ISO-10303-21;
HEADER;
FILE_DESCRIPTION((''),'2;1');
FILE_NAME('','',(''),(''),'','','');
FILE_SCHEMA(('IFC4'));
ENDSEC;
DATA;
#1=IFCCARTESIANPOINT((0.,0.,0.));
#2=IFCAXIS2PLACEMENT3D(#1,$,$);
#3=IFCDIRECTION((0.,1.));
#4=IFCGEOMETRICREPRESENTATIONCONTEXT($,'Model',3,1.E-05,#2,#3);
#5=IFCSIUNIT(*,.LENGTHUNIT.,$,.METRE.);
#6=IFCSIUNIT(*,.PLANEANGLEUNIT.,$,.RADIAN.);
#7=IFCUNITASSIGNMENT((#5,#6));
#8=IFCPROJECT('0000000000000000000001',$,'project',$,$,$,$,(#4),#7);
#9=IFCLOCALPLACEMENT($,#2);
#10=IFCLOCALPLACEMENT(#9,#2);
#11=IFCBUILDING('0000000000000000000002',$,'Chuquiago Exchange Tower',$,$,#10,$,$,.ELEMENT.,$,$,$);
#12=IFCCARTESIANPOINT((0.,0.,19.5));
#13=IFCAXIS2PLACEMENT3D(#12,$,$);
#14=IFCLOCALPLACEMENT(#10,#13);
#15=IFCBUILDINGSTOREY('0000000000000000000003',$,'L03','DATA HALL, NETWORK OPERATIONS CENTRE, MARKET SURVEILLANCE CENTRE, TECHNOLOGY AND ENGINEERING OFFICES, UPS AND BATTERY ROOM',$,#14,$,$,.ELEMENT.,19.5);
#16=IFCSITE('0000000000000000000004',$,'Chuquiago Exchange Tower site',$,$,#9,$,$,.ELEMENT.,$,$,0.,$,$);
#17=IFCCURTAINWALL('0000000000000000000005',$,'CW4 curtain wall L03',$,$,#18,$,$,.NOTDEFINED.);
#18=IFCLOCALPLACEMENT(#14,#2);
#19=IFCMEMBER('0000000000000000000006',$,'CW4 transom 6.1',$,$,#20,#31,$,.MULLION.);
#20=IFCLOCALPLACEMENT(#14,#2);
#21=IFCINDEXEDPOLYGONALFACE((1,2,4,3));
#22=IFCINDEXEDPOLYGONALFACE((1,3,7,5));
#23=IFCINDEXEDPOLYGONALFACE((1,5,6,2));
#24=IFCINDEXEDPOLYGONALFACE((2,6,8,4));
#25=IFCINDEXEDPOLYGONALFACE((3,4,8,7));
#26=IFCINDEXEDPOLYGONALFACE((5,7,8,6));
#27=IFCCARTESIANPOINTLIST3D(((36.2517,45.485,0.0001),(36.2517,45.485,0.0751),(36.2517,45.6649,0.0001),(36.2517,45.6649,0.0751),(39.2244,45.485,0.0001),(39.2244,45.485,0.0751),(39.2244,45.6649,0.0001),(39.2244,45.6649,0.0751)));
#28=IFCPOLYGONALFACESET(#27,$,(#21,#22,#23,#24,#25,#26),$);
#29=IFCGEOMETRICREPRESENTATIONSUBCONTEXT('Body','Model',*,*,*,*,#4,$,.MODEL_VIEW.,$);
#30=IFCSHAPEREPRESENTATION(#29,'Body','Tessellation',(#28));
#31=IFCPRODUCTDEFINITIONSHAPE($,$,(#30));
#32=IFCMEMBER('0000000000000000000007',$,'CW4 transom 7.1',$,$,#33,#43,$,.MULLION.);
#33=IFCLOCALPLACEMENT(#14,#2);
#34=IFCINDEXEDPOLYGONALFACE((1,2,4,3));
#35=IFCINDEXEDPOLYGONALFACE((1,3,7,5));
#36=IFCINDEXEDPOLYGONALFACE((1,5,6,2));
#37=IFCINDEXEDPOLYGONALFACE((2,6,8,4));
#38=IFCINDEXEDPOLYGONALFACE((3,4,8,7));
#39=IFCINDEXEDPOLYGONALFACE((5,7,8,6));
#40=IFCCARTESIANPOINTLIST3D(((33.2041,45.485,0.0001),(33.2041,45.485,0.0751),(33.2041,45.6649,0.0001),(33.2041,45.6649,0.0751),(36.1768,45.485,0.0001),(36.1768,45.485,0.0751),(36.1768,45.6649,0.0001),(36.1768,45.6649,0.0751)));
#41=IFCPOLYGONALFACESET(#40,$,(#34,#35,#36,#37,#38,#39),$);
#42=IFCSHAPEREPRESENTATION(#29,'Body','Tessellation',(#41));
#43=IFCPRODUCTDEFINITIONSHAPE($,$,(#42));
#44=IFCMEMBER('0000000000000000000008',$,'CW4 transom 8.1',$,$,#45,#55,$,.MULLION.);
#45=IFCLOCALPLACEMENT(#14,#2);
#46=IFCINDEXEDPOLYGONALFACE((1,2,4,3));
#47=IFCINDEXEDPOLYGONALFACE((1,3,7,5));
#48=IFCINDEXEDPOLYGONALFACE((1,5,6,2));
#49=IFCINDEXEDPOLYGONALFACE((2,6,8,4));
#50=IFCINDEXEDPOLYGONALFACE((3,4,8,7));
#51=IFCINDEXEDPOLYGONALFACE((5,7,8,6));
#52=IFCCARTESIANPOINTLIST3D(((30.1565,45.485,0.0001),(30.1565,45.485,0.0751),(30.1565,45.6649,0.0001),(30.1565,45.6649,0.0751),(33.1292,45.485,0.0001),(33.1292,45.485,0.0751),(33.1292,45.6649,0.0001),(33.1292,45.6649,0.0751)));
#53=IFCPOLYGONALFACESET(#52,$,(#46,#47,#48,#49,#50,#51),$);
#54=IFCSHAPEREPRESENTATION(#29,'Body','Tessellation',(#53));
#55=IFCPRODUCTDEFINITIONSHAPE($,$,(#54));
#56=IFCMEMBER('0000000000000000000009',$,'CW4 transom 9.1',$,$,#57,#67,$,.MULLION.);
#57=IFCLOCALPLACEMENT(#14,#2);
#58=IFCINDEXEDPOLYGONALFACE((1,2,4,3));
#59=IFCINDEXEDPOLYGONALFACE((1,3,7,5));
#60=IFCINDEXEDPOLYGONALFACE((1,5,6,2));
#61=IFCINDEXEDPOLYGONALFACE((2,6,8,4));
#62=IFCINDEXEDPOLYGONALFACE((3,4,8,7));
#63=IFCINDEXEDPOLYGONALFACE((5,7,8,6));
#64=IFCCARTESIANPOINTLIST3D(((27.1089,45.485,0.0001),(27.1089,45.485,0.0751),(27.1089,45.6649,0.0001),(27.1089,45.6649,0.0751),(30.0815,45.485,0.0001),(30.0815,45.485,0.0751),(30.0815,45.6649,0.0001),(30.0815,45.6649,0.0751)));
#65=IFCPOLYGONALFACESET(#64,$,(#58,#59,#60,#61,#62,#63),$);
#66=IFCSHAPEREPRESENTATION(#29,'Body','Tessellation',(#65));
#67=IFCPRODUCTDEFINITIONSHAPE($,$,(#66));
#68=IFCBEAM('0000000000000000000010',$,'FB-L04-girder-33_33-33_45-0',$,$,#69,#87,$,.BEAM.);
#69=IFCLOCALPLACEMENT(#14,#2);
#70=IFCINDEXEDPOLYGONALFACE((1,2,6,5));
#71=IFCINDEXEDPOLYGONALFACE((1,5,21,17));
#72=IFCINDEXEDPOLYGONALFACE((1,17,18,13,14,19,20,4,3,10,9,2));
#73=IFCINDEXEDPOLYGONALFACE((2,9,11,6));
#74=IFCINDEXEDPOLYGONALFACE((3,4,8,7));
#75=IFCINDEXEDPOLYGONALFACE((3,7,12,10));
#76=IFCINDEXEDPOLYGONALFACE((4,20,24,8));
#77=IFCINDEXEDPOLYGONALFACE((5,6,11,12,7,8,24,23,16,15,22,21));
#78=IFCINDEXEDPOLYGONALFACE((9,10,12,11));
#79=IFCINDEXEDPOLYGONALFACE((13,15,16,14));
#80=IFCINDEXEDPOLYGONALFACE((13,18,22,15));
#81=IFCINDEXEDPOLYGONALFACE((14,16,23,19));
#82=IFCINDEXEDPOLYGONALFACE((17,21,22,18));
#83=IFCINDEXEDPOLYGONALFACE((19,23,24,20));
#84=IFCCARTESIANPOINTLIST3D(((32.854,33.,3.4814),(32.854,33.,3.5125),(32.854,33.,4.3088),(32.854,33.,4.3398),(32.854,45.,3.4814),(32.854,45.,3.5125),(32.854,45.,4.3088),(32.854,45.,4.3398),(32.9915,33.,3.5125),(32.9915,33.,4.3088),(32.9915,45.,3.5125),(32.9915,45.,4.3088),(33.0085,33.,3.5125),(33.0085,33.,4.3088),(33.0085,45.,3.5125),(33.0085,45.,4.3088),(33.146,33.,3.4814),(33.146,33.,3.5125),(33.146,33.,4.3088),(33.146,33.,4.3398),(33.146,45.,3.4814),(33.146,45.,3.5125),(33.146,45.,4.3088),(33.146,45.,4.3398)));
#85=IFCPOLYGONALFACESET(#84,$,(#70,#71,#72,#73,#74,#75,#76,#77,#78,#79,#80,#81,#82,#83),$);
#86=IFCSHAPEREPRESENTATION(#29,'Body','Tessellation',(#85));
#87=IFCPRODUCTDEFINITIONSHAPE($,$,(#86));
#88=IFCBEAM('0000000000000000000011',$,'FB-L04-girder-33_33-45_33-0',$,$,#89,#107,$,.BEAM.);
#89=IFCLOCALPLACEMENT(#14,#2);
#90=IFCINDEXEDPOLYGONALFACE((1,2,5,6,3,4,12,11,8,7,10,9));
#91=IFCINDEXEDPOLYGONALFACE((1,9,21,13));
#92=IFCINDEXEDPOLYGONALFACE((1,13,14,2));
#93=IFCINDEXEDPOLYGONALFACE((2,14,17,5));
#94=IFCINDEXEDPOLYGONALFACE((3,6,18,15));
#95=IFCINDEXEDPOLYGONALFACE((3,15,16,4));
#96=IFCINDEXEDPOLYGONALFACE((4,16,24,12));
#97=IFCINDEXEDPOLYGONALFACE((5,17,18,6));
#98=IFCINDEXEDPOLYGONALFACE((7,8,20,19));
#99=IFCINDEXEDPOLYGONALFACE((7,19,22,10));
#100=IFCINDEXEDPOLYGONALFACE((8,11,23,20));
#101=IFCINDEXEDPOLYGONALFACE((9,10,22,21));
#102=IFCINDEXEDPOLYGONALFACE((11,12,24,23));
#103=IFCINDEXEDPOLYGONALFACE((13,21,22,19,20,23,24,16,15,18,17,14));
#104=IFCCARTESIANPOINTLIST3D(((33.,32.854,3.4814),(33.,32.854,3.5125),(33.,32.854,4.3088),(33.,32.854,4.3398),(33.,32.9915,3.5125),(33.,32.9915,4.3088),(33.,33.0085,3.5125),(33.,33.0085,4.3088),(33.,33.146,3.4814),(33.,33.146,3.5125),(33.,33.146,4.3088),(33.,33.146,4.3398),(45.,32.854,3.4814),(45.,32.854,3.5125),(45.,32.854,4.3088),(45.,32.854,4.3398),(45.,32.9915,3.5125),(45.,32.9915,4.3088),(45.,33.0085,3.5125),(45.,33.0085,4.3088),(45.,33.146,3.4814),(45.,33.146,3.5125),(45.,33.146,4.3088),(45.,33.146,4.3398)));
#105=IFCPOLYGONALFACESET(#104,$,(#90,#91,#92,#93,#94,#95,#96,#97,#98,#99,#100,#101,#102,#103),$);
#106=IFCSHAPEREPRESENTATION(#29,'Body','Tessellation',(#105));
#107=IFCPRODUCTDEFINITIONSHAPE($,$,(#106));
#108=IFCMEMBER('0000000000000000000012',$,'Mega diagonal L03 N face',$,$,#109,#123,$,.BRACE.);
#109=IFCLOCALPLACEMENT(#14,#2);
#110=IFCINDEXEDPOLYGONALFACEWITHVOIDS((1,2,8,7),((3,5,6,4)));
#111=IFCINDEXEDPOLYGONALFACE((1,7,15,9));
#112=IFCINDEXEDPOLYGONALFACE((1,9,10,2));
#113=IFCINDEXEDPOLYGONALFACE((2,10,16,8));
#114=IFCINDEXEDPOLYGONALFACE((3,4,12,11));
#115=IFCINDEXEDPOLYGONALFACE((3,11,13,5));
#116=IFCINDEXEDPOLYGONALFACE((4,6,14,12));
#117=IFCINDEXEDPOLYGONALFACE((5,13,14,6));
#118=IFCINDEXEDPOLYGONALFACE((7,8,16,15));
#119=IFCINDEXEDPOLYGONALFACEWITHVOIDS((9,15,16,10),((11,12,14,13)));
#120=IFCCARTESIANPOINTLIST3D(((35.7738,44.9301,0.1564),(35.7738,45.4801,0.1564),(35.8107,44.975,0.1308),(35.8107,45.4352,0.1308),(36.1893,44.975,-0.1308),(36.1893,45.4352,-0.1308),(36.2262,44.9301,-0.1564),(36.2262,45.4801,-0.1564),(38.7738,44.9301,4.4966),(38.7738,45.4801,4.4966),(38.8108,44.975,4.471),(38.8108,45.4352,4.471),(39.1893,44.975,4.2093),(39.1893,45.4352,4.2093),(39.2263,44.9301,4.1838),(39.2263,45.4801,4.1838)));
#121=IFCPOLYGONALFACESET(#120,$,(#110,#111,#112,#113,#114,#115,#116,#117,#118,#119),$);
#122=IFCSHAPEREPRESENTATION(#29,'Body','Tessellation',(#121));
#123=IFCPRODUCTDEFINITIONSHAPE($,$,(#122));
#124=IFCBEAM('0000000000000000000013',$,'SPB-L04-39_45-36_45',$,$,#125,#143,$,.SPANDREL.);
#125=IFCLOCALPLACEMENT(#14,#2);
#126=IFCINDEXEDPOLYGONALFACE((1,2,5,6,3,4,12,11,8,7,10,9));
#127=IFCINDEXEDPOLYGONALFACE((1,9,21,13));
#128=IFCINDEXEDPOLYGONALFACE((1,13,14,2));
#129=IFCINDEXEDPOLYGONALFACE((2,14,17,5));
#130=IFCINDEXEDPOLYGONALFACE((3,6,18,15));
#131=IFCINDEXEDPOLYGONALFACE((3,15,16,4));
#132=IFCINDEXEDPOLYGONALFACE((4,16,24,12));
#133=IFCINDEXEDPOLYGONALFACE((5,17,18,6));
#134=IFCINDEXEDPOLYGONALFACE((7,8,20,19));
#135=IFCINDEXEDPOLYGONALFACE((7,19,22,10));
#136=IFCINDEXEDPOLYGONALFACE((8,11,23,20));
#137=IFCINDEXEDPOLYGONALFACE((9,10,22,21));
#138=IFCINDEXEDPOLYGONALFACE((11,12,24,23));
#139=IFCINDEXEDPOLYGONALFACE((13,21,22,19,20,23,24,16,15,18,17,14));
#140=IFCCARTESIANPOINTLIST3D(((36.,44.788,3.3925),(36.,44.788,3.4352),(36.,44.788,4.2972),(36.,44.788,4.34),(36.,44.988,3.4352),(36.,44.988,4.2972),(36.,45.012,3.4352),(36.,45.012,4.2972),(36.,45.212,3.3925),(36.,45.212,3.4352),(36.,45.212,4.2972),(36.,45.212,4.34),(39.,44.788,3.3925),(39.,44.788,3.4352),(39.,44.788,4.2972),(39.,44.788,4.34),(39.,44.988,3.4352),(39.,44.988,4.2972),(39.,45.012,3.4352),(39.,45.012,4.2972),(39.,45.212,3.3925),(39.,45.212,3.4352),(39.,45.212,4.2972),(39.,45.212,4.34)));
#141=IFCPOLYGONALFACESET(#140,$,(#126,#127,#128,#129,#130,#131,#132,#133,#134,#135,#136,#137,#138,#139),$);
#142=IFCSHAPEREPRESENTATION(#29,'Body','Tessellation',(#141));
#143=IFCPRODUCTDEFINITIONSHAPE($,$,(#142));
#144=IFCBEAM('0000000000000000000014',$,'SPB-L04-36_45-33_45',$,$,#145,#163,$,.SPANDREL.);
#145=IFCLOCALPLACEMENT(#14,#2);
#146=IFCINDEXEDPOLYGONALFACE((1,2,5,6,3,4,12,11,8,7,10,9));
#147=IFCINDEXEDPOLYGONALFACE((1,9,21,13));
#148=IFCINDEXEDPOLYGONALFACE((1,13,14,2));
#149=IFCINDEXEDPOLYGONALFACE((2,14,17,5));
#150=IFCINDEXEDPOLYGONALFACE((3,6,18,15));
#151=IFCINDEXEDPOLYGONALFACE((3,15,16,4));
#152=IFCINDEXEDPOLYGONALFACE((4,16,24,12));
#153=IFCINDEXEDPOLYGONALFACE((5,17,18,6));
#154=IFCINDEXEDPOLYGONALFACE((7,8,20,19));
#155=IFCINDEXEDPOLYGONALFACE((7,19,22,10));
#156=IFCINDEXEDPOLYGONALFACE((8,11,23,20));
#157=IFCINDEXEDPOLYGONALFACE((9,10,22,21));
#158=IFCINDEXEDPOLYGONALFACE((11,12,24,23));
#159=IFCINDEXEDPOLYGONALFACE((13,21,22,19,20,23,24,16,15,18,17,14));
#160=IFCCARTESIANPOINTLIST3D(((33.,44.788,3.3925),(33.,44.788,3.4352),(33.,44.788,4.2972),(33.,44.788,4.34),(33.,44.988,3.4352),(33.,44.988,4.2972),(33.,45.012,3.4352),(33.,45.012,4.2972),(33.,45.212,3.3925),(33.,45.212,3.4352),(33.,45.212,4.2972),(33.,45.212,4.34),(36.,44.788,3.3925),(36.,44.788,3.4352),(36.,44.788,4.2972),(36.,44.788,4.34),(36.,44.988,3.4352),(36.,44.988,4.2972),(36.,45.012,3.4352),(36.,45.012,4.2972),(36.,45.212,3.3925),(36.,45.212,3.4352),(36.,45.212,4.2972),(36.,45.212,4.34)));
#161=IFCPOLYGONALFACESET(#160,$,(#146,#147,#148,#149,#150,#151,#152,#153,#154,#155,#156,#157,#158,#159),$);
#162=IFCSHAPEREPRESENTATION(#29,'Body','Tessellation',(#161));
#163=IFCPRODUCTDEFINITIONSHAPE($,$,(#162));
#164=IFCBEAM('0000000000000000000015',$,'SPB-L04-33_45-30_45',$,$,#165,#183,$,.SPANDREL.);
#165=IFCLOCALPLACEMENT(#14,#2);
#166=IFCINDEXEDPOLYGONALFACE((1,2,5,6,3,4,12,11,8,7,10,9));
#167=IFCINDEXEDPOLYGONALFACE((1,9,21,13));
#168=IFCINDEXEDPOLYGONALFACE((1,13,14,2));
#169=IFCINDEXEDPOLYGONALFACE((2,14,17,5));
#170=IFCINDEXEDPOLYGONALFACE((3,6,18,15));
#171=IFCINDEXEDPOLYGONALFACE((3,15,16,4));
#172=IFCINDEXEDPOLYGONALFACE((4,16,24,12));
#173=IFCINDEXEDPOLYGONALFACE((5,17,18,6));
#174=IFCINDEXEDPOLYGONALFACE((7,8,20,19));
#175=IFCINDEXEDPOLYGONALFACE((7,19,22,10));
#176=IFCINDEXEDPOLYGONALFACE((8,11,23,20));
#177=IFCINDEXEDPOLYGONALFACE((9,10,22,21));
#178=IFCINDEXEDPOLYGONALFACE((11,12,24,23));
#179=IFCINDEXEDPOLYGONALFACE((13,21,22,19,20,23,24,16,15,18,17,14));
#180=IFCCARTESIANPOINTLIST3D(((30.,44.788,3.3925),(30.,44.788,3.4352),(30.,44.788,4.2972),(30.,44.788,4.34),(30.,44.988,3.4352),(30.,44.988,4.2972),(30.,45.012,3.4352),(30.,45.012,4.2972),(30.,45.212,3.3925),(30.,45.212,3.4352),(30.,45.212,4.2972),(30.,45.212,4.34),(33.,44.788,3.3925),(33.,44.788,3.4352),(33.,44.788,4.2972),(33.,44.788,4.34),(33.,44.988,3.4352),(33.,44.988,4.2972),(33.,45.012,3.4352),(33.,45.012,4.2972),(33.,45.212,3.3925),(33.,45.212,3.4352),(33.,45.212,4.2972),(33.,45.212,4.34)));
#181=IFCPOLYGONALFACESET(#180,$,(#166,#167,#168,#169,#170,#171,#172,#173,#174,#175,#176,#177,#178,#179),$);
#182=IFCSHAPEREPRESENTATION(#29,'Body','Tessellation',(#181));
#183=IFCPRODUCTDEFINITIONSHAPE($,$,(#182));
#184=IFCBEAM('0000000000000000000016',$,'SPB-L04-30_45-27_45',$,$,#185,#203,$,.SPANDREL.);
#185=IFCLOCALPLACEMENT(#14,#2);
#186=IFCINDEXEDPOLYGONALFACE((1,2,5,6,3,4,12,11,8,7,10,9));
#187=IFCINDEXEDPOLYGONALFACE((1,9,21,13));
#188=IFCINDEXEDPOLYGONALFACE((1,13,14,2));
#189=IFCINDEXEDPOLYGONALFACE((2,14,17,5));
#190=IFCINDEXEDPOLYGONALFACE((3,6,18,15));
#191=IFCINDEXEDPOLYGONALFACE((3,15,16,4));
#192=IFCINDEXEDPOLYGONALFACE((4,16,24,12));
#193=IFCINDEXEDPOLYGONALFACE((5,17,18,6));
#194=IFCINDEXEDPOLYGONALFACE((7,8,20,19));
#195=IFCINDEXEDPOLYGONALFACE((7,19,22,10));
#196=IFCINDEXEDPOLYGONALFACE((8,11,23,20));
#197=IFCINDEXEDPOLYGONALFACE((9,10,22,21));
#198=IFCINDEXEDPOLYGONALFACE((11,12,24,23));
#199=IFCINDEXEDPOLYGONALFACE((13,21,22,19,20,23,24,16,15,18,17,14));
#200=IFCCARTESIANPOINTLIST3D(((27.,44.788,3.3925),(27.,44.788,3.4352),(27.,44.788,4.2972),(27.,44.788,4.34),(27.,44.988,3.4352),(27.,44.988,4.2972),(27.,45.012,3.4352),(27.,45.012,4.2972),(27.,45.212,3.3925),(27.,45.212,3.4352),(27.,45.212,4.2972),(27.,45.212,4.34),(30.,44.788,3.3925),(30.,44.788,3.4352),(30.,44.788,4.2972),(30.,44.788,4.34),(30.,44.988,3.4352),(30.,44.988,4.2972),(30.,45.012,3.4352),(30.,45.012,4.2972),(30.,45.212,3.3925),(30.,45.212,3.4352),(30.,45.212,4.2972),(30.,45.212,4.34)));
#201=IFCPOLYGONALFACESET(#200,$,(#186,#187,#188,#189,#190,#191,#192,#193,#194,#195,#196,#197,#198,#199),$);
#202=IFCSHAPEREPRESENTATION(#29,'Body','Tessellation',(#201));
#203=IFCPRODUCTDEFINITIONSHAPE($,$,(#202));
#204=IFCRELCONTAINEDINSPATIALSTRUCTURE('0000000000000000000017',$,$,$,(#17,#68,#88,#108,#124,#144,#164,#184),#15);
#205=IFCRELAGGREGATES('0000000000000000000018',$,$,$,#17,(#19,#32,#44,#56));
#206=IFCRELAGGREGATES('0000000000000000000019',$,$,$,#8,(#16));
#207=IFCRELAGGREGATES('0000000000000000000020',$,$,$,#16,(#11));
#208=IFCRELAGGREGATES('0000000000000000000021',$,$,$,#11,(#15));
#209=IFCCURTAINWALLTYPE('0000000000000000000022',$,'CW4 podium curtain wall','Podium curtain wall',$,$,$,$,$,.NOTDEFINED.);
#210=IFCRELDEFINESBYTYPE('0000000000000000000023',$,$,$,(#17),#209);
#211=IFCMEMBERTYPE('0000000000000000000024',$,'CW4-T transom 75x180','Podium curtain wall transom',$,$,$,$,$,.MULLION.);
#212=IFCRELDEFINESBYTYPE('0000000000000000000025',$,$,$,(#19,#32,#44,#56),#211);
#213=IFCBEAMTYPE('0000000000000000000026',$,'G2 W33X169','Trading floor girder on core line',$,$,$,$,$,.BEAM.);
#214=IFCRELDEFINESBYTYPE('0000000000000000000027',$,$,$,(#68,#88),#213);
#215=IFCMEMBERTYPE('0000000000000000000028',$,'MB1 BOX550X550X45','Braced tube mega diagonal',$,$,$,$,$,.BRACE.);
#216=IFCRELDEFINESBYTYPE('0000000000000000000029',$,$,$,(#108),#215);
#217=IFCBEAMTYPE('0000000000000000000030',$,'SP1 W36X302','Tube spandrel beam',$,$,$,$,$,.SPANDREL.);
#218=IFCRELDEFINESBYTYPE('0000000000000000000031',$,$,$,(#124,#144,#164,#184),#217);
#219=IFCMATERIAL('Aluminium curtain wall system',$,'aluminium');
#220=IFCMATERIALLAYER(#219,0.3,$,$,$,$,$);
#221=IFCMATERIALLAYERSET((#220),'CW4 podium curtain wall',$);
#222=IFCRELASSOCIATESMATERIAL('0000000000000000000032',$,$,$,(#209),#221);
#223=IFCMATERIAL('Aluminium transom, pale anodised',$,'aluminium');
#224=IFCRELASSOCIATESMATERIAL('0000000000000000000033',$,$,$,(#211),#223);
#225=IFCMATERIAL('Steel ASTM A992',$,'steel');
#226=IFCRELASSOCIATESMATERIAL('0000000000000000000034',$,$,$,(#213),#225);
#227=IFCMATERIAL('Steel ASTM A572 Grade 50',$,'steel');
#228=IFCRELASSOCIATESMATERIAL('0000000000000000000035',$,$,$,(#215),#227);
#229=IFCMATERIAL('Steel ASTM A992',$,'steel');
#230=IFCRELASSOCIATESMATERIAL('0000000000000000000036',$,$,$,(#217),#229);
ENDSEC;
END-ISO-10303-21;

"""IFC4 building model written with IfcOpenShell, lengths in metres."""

from ifc_helpers import new_model, si_unit, direction, frame, origin, origin_2d, place, context, subcontext, project, spatial, rectangle, hollow_rectangle, i_section, extrude, material, layer, layer_set, material_profile, profile_set, type_object, element, aggregate, save


model = new_model("IFC4")

# Units and contexts
model_context = context("Model", 3, precision=1e-05, world=origin(), true_north=direction((0.0, 1.0)))
body_context = subcontext(model_context, "Body", "Model", "MODEL_VIEW")
ifc_project = project(units=[si_unit("LENGTHUNIT", "METRE"), si_unit("PLANEANGLEUNIT", "RADIAN")], contexts=[model_context])

# Site, building, storey
site_placement = place(None, origin())
site = spatial("IfcSite", under=ifc_project, at=site_placement, Name="Chuquiago Exchange Tower site", CompositionType="ELEMENT", RefElevation=0.0)
building_placement = place(site_placement, origin())
building = spatial("IfcBuilding", under=site, at=building_placement, Name="Chuquiago Exchange Tower", CompositionType="ELEMENT")
storey_placement = place(building_placement, frame((0.0, 0.0, 19.5)))
storey = spatial("IfcBuildingStorey", under=building, at=storey_placement, Name="L03", Description="DATA HALL, NETWORK OPERATIONS CENTRE, MARKET SURVEILLANCE CENTRE, TECHNOLOGY AND ENGINEERING OFFICES, UPS AND BATTERY ROOM", CompositionType="ELEMENT", Elevation=19.5)

# Curtain wall, members
ifc_material_1 = material(Name="Aluminium curtain wall system", Category="aluminium")
ifc_layer_1 = layer(ifc_material_1, 0.3)
ifc_layer_set_1 = layer_set([ifc_layer_1], Name="CW4 podium curtain wall")
curtain_wall_type = type_object("IfcCurtainWallType", Name="CW4 podium curtain wall", Description="Podium curtain wall", PredefinedType="NOTDEFINED", material=ifc_layer_set_1)
curtain_wall_placement = place(storey_placement, origin())
curtain_wall = element("IfcCurtainWall", 1, at=curtain_wall_placement, inside=storey, type_object=curtain_wall_type, Name="CW4 curtain wall L03", PredefinedType="NOTDEFINED")
ifc_material_2 = material(Name="Aluminium transom, pale anodised", Category="aluminium")
ifc_material_profile_1 = material_profile(ifc_material_2, rectangle(XDim=0.1799, YDim=0.075, at=origin_2d()), Name="AL 180x75")
ifc_profile_set_1 = profile_set([ifc_material_profile_1], Name="Aluminium transom, pale anodised")
member_type_1 = type_object("IfcMemberType", Name="CW4-T transom 75x180", Description="Podium curtain wall transom", PredefinedType="MULLION", material=ifc_profile_set_1)
member_1_placement = place(storey_placement, frame((39.2244, 45.575, 0.0376), z_axis=(-1.0, 0.0, 0.0), x_axis=(0.0, -1.0, 0.0)))
member_1 = element("IfcMember", 2, at=member_1_placement, type_object=member_type_1, Name="CW4 transom 6.1", PredefinedType="MULLION", context=body_context, shape_type="SweptSolid", body=[
    extrude(rectangle(XDim=0.1799, YDim=0.075, at=origin_2d()), origin(), (0.0, 0.0, 1.0), 2.9727),
])
member_2_placement = place(storey_placement, frame((36.1768, 45.575, 0.0376), z_axis=(-1.0, 0.0, 0.0), x_axis=(0.0, -1.0, 0.0)))
member_2 = element("IfcMember", 3, at=member_2_placement, type_object=member_type_1, Name="CW4 transom 7.1", PredefinedType="MULLION", context=body_context, shape_type="SweptSolid", body=[
    extrude(rectangle(XDim=0.1799, YDim=0.075, at=origin_2d()), origin(), (0.0, 0.0, 1.0), 2.9727),
])
member_3_placement = place(storey_placement, frame((33.1292, 45.575, 0.0376), z_axis=(-1.0, 0.0, 0.0), x_axis=(0.0, -1.0, 0.0)))
member_3 = element("IfcMember", 4, at=member_3_placement, type_object=member_type_1, Name="CW4 transom 8.1", PredefinedType="MULLION", context=body_context, shape_type="SweptSolid", body=[
    extrude(rectangle(XDim=0.1799, YDim=0.075, at=origin_2d()), origin(), (0.0, 0.0, 1.0), 2.9727),
])
member_4_placement = place(storey_placement, frame((30.0815, 45.575, 0.0376), z_axis=(-1.0, 0.0, 0.0), x_axis=(0.0, -1.0, 0.0)))
member_4 = element("IfcMember", 5, at=member_4_placement, type_object=member_type_1, Name="CW4 transom 9.1", PredefinedType="MULLION", context=body_context, shape_type="SweptSolid", body=[
    extrude(rectangle(XDim=0.1799, YDim=0.075, at=origin_2d()), origin(), (0.0, 0.0, 1.0), 2.9727),
])

# Beams
ifc_material_3 = material(Name="Steel ASTM A992", Category="steel")
ifc_material_profile_2 = material_profile(ifc_material_3, i_section(OverallWidth=0.292, OverallDepth=0.8584, WebThickness=0.0171, FlangeThickness=0.031, at=origin_2d()), Name="W33X169")
ifc_profile_set_2 = profile_set([ifc_material_profile_2], Name="Steel ASTM A992")
beam_type_1 = type_object("IfcBeamType", Name="G2 W33X169", Description="Trading floor girder on core line", PredefinedType="BEAM", material=ifc_profile_set_2)
for number, where, z_axis, x_axis, name in (
    (6, (33.0, 33.0, 3.9106), (0.0, 1.0, 0.0), (-1.0, 0.0, 0.0), "FB-L04-girder-33_33-33_45-0"),
    (7, (33.0, 33.0, 3.9106), (1.0, 0.0, 0.0), (0.0, 1.0, 0.0), "FB-L04-girder-33_33-45_33-0"),
):
    element("IfcBeam", number, at=place(storey_placement, frame(where, z_axis=z_axis, x_axis=x_axis)), inside=storey, type_object=beam_type_1, Name=name, PredefinedType="BEAM", context=body_context, shape_type="SweptSolid", body=[
        extrude(i_section(OverallWidth=0.292, OverallDepth=0.8584, WebThickness=0.0171, FlangeThickness=0.031, at=origin_2d()), origin(), (0.0, 0.0, 1.0), 12.0),
    ])

# Member
ifc_material_4 = material(Name="Steel ASTM A572 Grade 50", Category="steel")
ifc_material_profile_3 = material_profile(ifc_material_4, hollow_rectangle(XDim=0.55, YDim=0.55, WallThickness=0.0449, at=origin_2d()), Name="BOX550X550X45")
ifc_profile_set_3 = profile_set([ifc_material_profile_3], Name="Steel ASTM A572 Grade 50")
member_type_2 = type_object("IfcMemberType", Name="MB1 BOX550X550X45", Description="Braced tube mega diagonal", PredefinedType="BRACE", material=ifc_profile_set_3)
member_5_placement = place(storey_placement, frame((36.0, 45.2051, 0.0), z_axis=(0.568611, 0.0, 0.822607), x_axis=(0.0, 1.0, 0.0)))
element("IfcMember", 8, at=member_5_placement, inside=storey, type_object=member_type_2, Name="Mega diagonal L03 N face", PredefinedType="BRACE", context=body_context, shape_type="SweptSolid", body=[
    extrude(hollow_rectangle(XDim=0.55, YDim=0.55, WallThickness=0.0449, at=origin_2d()), origin(), (0.0, 0.0, 1.0), 5.2761),
])

# Beams
ifc_material_5 = material(Name="Steel ASTM A992", Category="steel")
ifc_material_profile_4 = material_profile(ifc_material_5, i_section(OverallWidth=0.4241, OverallDepth=0.9475, WebThickness=0.0239, FlangeThickness=0.0427, at=origin_2d()), Name="W36X302")
ifc_profile_set_4 = profile_set([ifc_material_profile_4], Name="Steel ASTM A992")
beam_type_2 = type_object("IfcBeamType", Name="SP1 W36X302", Description="Tube spandrel beam", PredefinedType="SPANDREL", material=ifc_profile_set_4)
for number, where, z_axis, x_axis, name in (
    (9, (39.0, 45.0, 3.8662), (-1.0, 0.0, 0.0), (0.0, -1.0, 0.0), "SPB-L04-39_45-36_45"),
    (10, (36.0, 45.0, 3.8662), (-1.0, 0.0, 0.0), (0.0, -1.0, 0.0), "SPB-L04-36_45-33_45"),
    (11, (33.0, 45.0, 3.8662), (-1.0, 0.0, 0.0), (0.0, -1.0, 0.0), "SPB-L04-33_45-30_45"),
    (12, (30.0, 45.0, 3.8662), (-1.0, 0.0, 0.0), (0.0, -1.0, 0.0), "SPB-L04-30_45-27_45"),
):
    element("IfcBeam", number, at=place(storey_placement, frame(where, z_axis=z_axis, x_axis=x_axis)), inside=storey, type_object=beam_type_2, Name=name, PredefinedType="SPANDREL", context=body_context, shape_type="SweptSolid", body=[
        extrude(i_section(OverallWidth=0.4241, OverallDepth=0.9475, WebThickness=0.0239, FlangeThickness=0.0427, at=origin_2d()), origin(), (0.0, 0.0, 1.0), 3.0),
    ])

aggregate(curtain_wall, [member_1, member_2, member_3, member_4])

save(model, "model.ifc")
